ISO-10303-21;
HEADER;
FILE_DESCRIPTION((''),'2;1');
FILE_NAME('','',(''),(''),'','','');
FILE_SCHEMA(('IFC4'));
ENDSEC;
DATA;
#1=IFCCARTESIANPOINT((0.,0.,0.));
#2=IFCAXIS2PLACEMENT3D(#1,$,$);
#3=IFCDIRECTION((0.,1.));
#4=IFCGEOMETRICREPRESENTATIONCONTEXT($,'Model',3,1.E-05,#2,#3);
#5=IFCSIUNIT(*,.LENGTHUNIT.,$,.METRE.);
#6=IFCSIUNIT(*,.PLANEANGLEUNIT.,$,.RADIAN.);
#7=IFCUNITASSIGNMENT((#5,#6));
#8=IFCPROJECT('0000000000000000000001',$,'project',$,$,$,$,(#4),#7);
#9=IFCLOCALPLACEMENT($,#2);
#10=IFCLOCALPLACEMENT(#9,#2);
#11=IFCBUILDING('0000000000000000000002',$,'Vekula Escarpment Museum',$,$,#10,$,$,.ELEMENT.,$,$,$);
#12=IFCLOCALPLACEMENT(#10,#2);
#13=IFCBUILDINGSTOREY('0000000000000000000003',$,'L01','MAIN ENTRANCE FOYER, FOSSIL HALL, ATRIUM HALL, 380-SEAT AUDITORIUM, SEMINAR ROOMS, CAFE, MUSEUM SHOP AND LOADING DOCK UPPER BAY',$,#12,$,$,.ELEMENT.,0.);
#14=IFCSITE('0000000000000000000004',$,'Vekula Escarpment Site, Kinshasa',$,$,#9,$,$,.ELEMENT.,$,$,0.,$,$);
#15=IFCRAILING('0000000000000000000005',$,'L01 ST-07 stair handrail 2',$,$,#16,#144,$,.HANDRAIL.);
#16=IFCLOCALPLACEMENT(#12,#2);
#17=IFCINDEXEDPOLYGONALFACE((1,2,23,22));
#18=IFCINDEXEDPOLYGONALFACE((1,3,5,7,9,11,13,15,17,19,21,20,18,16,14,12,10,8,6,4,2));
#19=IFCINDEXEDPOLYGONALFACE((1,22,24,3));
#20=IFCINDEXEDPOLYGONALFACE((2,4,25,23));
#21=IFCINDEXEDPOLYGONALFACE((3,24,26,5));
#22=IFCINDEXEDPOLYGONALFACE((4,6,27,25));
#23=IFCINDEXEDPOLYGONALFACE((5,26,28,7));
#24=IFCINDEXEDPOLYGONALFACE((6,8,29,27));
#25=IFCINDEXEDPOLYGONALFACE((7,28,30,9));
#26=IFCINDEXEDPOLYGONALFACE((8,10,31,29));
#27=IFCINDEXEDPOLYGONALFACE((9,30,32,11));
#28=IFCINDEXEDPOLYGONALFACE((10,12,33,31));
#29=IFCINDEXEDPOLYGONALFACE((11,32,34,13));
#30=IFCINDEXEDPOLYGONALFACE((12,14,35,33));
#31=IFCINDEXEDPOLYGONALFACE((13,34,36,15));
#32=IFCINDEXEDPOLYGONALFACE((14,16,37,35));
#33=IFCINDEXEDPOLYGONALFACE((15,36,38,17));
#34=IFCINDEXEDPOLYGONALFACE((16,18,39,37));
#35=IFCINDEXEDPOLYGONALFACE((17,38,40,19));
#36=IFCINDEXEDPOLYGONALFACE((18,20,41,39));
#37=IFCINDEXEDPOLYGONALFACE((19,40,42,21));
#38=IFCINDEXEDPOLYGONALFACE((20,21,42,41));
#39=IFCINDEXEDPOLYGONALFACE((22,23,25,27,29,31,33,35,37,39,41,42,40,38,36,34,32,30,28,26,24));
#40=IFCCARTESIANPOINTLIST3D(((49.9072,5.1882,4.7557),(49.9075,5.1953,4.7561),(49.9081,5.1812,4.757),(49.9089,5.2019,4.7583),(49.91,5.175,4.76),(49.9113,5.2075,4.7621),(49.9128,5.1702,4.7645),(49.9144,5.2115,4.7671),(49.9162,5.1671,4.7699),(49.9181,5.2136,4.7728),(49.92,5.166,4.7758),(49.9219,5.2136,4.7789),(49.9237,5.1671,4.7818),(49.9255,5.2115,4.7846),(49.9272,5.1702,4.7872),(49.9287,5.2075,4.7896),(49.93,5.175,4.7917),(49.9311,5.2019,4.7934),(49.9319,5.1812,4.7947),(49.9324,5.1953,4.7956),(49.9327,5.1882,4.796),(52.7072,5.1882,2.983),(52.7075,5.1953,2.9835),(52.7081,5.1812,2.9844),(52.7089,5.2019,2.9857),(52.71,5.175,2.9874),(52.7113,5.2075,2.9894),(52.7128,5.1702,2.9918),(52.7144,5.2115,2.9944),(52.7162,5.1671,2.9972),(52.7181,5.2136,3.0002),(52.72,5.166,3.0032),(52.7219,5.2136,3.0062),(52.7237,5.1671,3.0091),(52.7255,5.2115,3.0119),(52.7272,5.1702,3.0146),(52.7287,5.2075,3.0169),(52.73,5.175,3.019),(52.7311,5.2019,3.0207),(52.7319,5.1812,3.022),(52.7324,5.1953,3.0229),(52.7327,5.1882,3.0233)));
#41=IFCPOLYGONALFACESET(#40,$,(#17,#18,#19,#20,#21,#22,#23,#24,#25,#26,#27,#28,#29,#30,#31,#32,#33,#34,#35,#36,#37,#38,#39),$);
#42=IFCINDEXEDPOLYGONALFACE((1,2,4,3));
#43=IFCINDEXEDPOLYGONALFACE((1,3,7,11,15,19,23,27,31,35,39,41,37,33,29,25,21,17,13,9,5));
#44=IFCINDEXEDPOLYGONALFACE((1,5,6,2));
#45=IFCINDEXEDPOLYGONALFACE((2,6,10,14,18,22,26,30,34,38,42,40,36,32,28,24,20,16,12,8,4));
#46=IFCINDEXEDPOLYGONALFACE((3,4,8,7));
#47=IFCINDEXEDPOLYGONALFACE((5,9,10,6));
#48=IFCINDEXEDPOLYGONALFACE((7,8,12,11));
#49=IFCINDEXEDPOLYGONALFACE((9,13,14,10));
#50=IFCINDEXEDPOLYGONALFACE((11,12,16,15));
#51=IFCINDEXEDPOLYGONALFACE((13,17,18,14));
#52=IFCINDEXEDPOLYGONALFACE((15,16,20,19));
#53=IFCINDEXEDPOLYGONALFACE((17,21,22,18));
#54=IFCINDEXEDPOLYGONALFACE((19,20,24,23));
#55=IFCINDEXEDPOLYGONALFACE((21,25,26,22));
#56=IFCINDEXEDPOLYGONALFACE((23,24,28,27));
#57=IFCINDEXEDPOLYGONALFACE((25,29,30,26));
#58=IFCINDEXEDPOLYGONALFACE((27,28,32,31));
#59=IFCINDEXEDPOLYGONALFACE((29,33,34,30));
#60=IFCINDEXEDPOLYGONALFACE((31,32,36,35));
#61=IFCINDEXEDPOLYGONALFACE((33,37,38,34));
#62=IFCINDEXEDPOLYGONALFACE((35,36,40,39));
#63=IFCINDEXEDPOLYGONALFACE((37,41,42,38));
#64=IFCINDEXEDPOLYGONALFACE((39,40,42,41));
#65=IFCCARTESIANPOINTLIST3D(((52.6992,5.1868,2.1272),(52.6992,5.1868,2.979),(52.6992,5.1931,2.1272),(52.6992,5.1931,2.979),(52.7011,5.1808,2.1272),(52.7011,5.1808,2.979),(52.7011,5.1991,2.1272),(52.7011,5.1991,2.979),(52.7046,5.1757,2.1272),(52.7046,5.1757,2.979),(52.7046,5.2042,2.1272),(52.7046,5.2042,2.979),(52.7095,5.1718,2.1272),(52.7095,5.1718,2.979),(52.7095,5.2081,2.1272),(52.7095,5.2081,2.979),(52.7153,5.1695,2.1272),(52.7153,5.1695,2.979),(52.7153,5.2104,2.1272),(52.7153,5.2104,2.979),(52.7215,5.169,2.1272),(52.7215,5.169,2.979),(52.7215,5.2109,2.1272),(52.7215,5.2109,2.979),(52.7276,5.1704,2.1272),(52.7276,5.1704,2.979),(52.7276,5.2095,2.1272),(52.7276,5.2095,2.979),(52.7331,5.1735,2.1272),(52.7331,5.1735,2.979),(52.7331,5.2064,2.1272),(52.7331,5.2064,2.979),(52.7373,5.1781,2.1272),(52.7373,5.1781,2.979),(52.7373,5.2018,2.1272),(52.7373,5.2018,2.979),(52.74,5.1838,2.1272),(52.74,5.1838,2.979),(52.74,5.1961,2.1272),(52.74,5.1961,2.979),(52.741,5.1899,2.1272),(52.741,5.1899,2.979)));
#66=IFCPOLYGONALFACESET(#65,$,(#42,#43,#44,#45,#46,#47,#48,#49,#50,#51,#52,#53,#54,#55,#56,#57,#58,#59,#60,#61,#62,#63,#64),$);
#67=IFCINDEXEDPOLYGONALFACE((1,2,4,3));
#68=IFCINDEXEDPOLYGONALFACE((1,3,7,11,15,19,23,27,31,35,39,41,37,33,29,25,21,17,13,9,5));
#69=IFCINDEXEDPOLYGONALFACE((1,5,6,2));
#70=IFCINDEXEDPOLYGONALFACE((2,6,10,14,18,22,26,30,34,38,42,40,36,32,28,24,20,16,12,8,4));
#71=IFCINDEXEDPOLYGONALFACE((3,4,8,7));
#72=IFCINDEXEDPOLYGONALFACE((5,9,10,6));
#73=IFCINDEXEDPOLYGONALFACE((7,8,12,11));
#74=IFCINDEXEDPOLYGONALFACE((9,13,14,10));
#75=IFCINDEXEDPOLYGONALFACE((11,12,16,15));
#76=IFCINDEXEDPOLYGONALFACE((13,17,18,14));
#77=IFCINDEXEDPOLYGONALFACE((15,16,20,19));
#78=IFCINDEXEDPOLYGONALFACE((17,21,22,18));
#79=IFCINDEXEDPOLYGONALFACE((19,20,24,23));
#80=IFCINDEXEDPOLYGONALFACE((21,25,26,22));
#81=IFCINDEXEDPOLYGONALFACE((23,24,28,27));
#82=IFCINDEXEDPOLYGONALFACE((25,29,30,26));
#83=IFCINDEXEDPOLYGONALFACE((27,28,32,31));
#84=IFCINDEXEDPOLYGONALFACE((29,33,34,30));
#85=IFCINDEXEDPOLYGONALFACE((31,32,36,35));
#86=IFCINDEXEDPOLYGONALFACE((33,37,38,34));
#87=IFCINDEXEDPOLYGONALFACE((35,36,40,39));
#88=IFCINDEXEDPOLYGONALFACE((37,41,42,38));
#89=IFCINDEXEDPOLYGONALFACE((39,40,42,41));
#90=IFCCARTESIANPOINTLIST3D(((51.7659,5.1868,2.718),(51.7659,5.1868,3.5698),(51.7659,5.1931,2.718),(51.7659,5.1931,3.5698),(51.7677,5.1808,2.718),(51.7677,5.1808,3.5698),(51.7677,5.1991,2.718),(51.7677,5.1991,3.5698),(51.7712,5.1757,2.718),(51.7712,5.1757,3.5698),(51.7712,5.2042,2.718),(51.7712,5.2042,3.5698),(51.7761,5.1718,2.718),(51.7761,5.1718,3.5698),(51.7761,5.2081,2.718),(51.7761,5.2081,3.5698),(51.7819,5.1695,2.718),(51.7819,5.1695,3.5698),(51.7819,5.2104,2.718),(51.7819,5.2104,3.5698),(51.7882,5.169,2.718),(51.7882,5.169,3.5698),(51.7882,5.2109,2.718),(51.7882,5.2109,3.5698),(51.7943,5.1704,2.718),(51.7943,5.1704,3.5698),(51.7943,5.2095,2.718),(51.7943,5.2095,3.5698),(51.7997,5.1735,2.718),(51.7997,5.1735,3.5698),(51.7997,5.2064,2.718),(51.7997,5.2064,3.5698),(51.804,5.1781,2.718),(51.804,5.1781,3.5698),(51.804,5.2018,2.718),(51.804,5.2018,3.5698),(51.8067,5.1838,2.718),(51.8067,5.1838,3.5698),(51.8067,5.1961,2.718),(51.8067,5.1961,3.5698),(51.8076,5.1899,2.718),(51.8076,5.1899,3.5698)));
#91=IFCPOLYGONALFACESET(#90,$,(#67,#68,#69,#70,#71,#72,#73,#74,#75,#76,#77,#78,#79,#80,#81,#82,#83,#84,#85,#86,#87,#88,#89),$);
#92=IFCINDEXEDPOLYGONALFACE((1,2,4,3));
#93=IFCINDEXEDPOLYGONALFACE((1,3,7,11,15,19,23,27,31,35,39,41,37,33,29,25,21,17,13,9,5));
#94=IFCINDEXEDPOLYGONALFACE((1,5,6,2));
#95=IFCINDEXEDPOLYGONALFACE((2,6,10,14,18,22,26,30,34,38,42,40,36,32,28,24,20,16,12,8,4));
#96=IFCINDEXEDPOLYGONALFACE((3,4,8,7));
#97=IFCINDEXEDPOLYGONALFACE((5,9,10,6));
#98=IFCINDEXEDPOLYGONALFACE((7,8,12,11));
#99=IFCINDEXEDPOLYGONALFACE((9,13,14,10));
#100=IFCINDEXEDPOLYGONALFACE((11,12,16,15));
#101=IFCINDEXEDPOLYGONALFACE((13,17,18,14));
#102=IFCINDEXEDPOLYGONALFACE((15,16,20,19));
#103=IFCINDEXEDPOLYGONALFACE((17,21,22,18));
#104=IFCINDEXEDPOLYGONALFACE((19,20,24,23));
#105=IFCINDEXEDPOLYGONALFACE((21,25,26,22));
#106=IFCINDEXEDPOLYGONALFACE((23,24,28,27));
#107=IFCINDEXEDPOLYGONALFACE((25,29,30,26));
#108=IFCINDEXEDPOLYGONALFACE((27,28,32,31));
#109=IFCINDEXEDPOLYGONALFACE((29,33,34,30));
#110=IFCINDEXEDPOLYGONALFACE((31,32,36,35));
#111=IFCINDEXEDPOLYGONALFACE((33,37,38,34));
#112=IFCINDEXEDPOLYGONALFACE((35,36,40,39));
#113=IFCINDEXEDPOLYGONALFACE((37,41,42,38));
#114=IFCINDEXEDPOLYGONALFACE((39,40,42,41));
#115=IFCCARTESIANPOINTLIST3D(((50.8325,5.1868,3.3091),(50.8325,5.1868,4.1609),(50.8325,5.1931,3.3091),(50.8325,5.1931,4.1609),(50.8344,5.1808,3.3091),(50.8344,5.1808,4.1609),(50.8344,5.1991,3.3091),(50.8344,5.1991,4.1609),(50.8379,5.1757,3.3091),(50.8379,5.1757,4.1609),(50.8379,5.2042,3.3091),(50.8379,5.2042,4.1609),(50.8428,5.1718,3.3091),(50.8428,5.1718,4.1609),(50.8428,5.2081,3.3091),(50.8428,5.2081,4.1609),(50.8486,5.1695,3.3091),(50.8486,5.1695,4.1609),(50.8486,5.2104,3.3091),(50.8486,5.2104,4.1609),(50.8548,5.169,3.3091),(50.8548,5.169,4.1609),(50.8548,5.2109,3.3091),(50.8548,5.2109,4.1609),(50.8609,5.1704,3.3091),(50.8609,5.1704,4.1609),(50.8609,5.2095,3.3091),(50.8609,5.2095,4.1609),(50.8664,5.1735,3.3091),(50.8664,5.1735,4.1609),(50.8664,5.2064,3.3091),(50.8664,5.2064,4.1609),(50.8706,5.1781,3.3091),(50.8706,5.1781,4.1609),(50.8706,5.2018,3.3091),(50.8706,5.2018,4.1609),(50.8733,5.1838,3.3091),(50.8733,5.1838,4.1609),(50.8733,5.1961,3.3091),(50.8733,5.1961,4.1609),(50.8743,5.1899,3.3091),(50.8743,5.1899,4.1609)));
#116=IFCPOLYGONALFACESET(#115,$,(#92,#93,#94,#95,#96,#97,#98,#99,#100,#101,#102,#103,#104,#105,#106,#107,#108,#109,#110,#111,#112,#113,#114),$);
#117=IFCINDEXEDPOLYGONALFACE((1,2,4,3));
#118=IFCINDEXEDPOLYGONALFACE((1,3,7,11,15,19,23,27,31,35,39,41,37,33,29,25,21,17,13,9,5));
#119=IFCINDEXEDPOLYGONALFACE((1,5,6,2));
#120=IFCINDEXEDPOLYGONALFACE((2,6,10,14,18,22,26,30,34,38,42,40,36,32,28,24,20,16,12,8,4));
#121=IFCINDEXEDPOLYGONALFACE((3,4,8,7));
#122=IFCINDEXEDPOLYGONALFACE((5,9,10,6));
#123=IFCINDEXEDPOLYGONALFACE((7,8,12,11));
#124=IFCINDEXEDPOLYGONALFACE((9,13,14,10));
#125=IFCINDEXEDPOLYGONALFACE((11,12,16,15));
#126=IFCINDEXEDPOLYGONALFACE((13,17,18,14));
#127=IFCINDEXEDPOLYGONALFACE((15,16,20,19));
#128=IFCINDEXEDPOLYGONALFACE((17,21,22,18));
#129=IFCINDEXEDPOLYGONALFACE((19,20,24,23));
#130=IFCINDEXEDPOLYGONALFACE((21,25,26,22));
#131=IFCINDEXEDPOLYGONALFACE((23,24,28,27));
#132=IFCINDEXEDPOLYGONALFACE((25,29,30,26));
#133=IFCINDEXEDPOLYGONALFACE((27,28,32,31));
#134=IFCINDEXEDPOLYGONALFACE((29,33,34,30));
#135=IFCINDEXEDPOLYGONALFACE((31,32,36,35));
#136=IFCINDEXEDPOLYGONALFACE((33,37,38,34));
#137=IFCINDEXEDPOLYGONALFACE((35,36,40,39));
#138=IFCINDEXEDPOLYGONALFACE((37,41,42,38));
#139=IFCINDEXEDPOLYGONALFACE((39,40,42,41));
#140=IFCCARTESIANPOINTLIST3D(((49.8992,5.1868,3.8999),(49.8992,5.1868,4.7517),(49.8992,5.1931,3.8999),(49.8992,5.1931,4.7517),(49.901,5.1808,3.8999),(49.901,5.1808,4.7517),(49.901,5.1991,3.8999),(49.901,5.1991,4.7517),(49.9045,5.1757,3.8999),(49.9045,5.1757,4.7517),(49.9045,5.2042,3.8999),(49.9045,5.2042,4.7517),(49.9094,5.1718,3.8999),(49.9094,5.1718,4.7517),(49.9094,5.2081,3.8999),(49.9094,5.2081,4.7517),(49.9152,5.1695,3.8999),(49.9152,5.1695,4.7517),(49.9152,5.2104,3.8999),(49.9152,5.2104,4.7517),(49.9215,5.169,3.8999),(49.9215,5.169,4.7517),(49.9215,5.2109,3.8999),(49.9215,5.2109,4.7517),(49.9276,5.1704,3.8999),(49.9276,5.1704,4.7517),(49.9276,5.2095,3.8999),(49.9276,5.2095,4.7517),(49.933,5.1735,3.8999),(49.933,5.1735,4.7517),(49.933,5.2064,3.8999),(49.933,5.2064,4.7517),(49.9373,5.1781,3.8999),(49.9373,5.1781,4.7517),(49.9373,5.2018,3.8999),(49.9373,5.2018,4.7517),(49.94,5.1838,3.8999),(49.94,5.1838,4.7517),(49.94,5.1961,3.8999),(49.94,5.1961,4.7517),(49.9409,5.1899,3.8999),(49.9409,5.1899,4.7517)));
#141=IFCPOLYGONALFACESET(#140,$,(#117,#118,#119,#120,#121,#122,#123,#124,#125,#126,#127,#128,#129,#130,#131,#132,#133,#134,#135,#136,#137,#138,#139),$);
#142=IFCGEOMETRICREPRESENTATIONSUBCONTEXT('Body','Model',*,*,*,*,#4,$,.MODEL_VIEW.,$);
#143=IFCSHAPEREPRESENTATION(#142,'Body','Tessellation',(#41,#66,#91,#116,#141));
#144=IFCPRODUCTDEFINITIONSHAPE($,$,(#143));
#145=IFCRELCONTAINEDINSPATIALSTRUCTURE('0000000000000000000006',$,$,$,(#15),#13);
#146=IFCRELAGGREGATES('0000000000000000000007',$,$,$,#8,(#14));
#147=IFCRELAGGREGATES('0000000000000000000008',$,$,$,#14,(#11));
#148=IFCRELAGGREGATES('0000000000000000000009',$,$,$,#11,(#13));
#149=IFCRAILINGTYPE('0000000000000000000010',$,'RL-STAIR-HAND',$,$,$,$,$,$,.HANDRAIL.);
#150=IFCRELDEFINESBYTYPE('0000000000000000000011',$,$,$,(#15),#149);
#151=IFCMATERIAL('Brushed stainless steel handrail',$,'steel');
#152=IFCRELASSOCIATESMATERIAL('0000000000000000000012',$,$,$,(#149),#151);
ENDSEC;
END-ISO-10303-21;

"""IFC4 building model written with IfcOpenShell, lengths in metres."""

from ifc_helpers import new_model, si_unit, direction, frame, origin, origin_2d, place, context, subcontext, project, spatial, circle, extrude, material, type_object, element, save


model = new_model("IFC4")

# Units and contexts
model_context = context("Model", 3, precision=1e-05, world=origin(), true_north=direction((0.0, 1.0)))
body_context = subcontext(model_context, "Body", "Model", "MODEL_VIEW")
ifc_project = project(units=[si_unit("LENGTHUNIT", "METRE"), si_unit("PLANEANGLEUNIT", "RADIAN")], contexts=[model_context])

# Site, building, storey
site_placement = place(None, origin())
site = spatial("IfcSite", under=ifc_project, at=site_placement, Name="Vekula Escarpment Site, Kinshasa", CompositionType="ELEMENT", RefElevation=0.0)
building_placement = place(site_placement, origin())
building = spatial("IfcBuilding", under=site, at=building_placement, Name="Vekula Escarpment Museum", CompositionType="ELEMENT")
storey_placement = place(building_placement, origin())
storey = spatial("IfcBuildingStorey", under=building, at=storey_placement, Name="L01", Description="MAIN ENTRANCE FOYER, FOSSIL HALL, ATRIUM HALL, 380-SEAT AUDITORIUM, SEMINAR ROOMS, CAFE, MUSEUM SHOP AND LOADING DOCK UPPER BAY", CompositionType="ELEMENT", Elevation=0.0)

# Railing
ifc_material_1 = material(Name="Brushed stainless steel handrail", Category="steel")
railing_type_1 = type_object("IfcRailingType", Name="RL-STAIR-HAND", PredefinedType="HANDRAIL", material=ifc_material_1)
for number, where, name in (
    (1, (52.72, 5.1899, 2.1272), "L01 ST-07 stair handrail 2"),
):
    element("IfcRailing", number, at=place(storey_placement, frame(where)), inside=storey, type_object=railing_type_1, Name=name, PredefinedType="HANDRAIL", context=body_context, shape_type="SweptSolid", body=[
        extrude(circle(Radius=0.0239, at=origin_2d()), frame((0.0, 0.0, 0.876), z_axis=(-0.844909, 0.0, 0.53491), x_axis=(0.0, -1.0, 0.0)), (0.0, 0.0, 1.0), 3.314),
        extrude(circle(Radius=0.021, at=origin_2d()), origin(), (0.0, 0.0, 1.0), 0.8518),
        extrude(circle(Radius=0.021, at=origin_2d()), frame((-0.9333, 0.0, 0.5908)), (0.0, 0.0, 1.0), 0.8518),
        extrude(circle(Radius=0.021, at=origin_2d()), frame((-1.8667, 0.0, 1.1819)), (0.0, 0.0, 1.0), 0.8518),
        extrude(circle(Radius=0.021, at=origin_2d()), frame((-2.8, 0.0, 1.7727)), (0.0, 0.0, 1.0), 0.8518),
    ])

save(model, "model.ifc")
